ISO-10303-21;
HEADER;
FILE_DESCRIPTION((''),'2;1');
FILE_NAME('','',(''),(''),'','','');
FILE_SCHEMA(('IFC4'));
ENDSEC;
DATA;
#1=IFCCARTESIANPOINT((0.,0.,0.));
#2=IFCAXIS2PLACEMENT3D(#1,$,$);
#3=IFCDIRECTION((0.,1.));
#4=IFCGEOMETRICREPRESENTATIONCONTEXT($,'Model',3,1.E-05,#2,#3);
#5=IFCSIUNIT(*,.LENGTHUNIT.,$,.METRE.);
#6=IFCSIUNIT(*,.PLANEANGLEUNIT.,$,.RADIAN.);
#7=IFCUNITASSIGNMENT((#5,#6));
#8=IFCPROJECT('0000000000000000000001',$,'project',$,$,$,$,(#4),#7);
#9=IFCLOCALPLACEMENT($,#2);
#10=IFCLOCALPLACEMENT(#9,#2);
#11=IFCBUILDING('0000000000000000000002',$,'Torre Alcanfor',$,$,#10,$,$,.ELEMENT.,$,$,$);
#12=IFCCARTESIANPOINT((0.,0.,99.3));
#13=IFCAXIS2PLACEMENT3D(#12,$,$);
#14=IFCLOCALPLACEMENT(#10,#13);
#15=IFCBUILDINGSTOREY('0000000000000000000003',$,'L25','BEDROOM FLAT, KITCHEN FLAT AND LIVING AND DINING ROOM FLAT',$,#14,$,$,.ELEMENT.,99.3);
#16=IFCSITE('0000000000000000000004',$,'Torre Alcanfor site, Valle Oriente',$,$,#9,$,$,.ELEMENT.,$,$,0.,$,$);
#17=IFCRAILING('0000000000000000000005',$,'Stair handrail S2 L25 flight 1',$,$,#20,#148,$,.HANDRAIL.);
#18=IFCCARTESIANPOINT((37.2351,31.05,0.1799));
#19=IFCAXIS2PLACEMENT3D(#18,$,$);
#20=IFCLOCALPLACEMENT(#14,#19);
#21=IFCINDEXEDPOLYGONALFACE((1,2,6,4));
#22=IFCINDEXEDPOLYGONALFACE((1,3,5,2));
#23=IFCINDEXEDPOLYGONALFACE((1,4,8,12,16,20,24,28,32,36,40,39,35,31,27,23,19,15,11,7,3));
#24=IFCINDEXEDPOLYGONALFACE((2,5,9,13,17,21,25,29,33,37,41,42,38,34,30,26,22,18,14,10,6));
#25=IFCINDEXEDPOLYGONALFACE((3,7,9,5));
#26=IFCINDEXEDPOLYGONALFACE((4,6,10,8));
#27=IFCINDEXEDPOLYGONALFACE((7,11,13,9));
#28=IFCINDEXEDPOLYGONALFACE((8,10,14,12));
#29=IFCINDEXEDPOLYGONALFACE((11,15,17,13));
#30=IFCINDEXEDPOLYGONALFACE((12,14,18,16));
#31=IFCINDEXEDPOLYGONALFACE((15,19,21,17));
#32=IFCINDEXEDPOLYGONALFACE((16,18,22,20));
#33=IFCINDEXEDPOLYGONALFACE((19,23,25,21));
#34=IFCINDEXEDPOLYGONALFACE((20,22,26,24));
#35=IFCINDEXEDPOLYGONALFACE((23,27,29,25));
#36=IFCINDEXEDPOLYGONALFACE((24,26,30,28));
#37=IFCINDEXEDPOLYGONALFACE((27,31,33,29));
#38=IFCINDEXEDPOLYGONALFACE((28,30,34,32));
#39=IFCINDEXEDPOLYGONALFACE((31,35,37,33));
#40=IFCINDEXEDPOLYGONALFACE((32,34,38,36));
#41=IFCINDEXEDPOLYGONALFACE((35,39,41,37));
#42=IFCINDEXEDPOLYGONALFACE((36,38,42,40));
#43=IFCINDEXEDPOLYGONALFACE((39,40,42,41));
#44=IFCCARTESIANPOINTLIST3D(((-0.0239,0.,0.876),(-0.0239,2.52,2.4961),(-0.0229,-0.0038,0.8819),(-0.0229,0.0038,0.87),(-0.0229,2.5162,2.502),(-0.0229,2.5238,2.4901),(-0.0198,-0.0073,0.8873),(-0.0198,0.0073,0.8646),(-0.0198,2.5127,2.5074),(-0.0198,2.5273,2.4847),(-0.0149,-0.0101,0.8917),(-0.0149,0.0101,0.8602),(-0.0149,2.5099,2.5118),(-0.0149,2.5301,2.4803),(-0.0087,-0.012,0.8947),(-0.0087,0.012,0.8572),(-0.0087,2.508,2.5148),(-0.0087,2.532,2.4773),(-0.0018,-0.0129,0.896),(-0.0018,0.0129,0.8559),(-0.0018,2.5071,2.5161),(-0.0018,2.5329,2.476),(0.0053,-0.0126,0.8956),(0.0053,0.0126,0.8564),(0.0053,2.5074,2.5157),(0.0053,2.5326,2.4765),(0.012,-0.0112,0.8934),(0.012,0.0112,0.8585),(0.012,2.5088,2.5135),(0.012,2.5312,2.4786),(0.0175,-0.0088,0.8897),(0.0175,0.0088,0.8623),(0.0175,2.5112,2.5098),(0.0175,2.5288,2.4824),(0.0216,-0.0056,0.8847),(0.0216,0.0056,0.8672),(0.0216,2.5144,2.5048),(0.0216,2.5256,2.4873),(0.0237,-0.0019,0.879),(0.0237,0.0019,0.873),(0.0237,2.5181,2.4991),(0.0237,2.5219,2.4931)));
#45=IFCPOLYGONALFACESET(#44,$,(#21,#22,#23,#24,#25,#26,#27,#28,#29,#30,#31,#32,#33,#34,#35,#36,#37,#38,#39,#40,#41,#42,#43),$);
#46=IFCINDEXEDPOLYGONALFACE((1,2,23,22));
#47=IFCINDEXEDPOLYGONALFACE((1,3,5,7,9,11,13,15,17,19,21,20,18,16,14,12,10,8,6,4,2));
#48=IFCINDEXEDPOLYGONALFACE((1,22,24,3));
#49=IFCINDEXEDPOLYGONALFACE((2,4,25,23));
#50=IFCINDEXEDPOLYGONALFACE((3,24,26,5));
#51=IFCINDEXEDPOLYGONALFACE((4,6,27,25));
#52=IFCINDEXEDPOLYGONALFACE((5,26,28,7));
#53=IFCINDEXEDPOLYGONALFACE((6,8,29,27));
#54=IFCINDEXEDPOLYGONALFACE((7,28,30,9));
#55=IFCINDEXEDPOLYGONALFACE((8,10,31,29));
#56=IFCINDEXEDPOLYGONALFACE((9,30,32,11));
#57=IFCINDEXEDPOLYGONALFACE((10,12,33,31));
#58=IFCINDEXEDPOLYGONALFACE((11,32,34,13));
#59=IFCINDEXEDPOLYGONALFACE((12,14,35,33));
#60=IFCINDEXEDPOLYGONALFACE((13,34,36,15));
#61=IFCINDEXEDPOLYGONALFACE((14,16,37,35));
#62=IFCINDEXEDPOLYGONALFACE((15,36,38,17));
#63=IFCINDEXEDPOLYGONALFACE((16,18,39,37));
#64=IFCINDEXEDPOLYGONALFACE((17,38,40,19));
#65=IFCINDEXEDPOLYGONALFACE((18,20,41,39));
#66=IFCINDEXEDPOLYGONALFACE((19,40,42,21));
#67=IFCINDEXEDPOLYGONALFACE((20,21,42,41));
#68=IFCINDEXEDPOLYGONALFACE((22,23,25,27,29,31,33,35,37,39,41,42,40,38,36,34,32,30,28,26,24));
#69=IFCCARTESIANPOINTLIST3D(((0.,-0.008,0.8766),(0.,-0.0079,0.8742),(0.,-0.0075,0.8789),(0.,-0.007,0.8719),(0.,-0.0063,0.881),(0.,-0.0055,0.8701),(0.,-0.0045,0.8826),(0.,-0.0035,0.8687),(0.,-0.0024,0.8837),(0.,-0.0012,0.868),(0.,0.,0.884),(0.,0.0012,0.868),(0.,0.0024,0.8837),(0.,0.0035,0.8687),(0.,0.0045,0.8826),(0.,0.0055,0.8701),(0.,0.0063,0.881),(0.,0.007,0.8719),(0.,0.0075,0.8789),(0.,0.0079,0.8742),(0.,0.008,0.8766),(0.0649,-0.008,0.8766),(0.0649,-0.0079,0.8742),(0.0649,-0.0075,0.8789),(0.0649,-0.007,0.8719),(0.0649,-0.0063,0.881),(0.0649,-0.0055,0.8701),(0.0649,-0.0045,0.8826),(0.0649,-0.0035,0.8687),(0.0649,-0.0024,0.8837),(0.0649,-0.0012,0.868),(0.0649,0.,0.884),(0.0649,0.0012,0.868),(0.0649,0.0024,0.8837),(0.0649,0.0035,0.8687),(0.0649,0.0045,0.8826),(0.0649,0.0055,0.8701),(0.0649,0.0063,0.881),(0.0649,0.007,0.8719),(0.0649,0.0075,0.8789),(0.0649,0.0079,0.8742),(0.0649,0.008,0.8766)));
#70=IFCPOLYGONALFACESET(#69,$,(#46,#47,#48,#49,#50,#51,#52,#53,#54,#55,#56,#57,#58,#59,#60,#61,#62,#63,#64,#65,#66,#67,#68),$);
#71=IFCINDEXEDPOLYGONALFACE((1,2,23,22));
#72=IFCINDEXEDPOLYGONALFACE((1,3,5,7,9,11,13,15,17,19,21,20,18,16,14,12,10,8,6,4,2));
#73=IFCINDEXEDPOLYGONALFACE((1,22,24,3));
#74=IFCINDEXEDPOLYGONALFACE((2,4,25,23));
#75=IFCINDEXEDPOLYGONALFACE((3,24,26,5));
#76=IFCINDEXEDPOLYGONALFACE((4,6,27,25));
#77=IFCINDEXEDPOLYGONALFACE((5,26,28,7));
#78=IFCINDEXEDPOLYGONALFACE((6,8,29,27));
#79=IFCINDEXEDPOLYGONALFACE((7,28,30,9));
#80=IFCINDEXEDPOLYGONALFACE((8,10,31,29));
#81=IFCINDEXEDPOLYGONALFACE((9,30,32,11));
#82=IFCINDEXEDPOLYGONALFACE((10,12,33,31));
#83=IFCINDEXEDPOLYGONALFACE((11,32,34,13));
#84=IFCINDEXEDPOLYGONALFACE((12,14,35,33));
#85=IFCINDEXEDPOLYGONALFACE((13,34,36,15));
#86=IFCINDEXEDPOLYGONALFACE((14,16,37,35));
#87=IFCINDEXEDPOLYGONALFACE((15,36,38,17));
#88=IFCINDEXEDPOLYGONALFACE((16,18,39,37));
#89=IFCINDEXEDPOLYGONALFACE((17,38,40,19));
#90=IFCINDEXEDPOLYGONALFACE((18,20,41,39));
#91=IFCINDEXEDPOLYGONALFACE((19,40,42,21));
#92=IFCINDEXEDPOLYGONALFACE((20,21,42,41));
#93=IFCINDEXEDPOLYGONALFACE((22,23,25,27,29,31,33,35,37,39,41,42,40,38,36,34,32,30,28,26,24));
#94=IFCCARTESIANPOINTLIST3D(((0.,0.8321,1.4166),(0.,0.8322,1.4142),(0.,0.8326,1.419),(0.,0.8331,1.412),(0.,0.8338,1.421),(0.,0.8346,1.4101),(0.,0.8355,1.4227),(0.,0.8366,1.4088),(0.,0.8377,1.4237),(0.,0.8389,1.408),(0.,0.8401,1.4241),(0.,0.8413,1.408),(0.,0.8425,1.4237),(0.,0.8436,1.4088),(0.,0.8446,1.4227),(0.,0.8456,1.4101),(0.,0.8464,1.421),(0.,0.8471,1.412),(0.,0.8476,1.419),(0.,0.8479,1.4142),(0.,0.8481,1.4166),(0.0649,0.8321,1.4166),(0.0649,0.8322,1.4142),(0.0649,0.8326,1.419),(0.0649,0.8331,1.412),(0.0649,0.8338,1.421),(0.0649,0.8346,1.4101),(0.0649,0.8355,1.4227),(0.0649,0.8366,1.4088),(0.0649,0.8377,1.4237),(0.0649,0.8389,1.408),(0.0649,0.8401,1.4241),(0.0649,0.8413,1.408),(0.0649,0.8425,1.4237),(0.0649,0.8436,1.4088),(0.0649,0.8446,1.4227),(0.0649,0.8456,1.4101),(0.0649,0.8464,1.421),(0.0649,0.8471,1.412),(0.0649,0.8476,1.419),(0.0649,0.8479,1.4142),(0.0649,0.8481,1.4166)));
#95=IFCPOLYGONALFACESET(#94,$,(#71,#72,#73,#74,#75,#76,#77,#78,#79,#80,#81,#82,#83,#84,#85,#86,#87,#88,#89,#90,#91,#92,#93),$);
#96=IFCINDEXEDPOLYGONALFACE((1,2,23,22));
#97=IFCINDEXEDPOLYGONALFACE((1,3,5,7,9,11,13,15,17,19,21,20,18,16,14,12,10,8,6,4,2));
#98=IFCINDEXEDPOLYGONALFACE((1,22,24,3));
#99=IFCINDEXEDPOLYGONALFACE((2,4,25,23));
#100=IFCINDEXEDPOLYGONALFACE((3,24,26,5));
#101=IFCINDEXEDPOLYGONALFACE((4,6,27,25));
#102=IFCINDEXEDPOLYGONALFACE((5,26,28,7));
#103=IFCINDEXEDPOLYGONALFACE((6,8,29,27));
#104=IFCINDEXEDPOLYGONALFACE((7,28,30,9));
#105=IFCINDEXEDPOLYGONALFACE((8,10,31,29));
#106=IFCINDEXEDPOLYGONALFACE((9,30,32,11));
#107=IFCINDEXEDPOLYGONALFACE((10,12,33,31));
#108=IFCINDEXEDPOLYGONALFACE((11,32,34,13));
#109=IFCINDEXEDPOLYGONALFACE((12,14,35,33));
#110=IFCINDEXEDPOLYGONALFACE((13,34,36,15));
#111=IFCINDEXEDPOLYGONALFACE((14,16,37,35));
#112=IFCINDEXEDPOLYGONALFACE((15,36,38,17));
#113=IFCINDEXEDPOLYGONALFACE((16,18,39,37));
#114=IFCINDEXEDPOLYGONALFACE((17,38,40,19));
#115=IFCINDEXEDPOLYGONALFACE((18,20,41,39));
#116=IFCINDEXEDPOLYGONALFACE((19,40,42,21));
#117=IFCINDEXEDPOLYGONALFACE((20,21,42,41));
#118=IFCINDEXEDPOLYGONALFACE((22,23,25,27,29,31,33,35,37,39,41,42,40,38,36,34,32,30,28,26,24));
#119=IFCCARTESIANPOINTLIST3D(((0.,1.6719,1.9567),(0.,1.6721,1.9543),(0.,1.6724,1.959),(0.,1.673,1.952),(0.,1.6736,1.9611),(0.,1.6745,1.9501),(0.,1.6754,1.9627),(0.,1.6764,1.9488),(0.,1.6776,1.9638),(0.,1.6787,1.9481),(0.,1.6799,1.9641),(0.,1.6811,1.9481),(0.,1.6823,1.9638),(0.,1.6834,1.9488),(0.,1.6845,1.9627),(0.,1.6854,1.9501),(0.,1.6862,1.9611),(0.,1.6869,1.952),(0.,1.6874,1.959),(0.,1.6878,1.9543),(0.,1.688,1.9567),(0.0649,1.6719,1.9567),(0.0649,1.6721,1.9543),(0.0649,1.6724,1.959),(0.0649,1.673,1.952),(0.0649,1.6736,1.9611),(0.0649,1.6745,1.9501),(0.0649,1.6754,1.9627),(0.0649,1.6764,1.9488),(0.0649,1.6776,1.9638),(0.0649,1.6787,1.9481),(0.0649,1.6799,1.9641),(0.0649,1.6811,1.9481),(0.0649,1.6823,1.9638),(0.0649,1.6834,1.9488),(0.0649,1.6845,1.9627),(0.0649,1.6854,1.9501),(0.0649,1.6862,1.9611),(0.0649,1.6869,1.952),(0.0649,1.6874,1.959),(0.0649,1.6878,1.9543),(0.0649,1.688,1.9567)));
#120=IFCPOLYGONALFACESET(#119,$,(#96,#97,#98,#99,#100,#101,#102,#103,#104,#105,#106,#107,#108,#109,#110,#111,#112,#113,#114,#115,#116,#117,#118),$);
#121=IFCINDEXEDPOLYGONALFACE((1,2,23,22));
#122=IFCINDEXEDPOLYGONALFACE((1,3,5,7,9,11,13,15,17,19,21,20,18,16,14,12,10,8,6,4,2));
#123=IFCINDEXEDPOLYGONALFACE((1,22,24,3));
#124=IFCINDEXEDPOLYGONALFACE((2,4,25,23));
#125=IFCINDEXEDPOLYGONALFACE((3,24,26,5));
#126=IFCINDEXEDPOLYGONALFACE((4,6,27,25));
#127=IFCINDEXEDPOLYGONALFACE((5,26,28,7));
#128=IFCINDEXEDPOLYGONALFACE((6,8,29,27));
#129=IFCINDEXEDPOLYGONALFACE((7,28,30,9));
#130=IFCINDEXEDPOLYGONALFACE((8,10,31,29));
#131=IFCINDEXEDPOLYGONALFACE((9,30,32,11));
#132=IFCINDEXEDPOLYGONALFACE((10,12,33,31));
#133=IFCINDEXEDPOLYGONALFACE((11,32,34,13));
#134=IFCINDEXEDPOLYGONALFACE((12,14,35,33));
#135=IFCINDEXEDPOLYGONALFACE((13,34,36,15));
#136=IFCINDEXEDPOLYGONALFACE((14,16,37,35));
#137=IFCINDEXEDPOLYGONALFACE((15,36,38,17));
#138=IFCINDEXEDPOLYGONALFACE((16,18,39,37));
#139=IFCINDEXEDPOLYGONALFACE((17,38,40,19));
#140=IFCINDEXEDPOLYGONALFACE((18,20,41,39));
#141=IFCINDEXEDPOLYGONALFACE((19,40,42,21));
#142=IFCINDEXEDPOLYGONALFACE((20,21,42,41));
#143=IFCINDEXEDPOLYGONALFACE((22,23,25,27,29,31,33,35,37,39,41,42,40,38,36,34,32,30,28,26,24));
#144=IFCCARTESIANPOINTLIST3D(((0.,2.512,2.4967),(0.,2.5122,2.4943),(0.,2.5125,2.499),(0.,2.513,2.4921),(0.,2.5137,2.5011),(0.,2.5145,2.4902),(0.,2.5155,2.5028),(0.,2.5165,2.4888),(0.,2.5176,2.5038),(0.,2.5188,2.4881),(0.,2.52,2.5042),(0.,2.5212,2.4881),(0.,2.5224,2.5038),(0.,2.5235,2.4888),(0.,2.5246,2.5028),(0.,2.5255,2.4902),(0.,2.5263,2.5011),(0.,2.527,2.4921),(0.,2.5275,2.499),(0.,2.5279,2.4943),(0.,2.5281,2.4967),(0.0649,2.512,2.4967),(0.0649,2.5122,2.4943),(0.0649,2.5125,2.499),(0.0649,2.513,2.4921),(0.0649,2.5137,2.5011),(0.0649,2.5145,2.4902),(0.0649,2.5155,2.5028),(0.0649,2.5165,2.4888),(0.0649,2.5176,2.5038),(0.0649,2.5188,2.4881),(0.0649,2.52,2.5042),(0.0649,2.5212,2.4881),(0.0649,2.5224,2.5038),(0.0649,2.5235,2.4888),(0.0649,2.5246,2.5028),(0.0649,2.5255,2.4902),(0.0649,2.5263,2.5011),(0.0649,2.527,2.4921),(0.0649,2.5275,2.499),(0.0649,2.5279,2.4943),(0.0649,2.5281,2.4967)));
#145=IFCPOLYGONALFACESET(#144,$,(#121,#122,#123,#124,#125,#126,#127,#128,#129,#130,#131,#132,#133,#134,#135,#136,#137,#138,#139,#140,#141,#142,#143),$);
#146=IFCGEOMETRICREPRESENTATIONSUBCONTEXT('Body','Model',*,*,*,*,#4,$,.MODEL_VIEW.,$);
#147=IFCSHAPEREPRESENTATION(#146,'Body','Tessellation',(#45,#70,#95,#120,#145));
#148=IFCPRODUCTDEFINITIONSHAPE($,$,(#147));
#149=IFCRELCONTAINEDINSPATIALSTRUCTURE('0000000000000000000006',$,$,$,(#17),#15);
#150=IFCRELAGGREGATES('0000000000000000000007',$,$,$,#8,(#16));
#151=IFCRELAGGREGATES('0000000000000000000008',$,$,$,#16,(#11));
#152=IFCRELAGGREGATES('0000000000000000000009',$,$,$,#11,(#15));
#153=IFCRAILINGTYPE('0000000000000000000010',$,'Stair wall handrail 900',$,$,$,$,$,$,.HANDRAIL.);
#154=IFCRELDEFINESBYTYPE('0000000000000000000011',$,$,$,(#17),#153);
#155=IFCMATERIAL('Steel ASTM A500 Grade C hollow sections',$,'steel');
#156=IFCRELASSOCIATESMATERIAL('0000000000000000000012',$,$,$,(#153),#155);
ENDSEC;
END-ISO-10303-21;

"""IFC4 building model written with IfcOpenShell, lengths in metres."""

from ifc_helpers import new_model, si_unit, direction, frame, origin, origin_2d, place, context, subcontext, project, spatial, circle, extrude, material, type_object, element, save


model = new_model("IFC4")

# Units and contexts
model_context = context("Model", 3, precision=1e-05, world=origin(), true_north=direction((0.0, 1.0)))
body_context = subcontext(model_context, "Body", "Model", "MODEL_VIEW")
ifc_project = project(units=[si_unit("LENGTHUNIT", "METRE"), si_unit("PLANEANGLEUNIT", "RADIAN")], contexts=[model_context])

# Site, building, storey
site_placement = place(None, origin())
site = spatial("IfcSite", under=ifc_project, at=site_placement, Name="Torre Alcanfor site, Valle Oriente", CompositionType="ELEMENT", RefElevation=0.0)
building_placement = place(site_placement, origin())
building = spatial("IfcBuilding", under=site, at=building_placement, Name="Torre Alcanfor", CompositionType="ELEMENT")
storey_placement = place(building_placement, frame((0.0, 0.0, 99.3)))
storey = spatial("IfcBuildingStorey", under=building, at=storey_placement, Name="L25", Description="BEDROOM FLAT, KITCHEN FLAT AND LIVING AND DINING ROOM FLAT", CompositionType="ELEMENT", Elevation=99.3)

# Railing
ifc_material_1 = material(Name="Steel ASTM A500 Grade C hollow sections", Category="steel")
railing_type_1 = type_object("IfcRailingType", Name="Stair wall handrail 900", PredefinedType="HANDRAIL", material=ifc_material_1)
railing_1_placement = place(storey_placement, frame((37.2351, 31.05, 0.1799)))
element("IfcRailing", 1, at=railing_1_placement, inside=storey, type_object=railing_type_1, Name="Stair handrail S2 L25 flight 1", PredefinedType="HANDRAIL", context=body_context, shape_type="SweptSolid", body=[
    extrude(circle(Radius=0.0239, at=origin_2d()), frame((0.0, 0.0, 0.876), z_axis=(0.0, 0.841163, 0.540782), x_axis=(-1.0, 0.0, 0.0)), (0.0, 0.0, 1.0), 2.9958),
    extrude(circle(Radius=0.0081, at=origin_2d()), frame((0.0, 0.0, 0.876), z_axis=(1.0, 0.0, 0.0), x_axis=(0.0, 0.0, 1.0)), (0.0, 0.0, 1.0), 0.0649),
    extrude(circle(Radius=0.0081, at=origin_2d()), frame((0.0, 0.8401, 1.416), z_axis=(1.0, 0.0, 0.0), x_axis=(0.0, 0.0, 1.0)), (0.0, 0.0, 1.0), 0.0649),
    extrude(circle(Radius=0.0081, at=origin_2d()), frame((0.0, 1.6799, 1.9561), z_axis=(1.0, 0.0, 0.0), x_axis=(0.0, 0.0, 1.0)), (0.0, 0.0, 1.0), 0.0649),
    extrude(circle(Radius=0.0081, at=origin_2d()), frame((0.0, 2.52, 2.4961), z_axis=(1.0, 0.0, 0.0), x_axis=(0.0, 0.0, 1.0)), (0.0, 0.0, 1.0), 0.0649),
])

save(model, "model.ifc")
